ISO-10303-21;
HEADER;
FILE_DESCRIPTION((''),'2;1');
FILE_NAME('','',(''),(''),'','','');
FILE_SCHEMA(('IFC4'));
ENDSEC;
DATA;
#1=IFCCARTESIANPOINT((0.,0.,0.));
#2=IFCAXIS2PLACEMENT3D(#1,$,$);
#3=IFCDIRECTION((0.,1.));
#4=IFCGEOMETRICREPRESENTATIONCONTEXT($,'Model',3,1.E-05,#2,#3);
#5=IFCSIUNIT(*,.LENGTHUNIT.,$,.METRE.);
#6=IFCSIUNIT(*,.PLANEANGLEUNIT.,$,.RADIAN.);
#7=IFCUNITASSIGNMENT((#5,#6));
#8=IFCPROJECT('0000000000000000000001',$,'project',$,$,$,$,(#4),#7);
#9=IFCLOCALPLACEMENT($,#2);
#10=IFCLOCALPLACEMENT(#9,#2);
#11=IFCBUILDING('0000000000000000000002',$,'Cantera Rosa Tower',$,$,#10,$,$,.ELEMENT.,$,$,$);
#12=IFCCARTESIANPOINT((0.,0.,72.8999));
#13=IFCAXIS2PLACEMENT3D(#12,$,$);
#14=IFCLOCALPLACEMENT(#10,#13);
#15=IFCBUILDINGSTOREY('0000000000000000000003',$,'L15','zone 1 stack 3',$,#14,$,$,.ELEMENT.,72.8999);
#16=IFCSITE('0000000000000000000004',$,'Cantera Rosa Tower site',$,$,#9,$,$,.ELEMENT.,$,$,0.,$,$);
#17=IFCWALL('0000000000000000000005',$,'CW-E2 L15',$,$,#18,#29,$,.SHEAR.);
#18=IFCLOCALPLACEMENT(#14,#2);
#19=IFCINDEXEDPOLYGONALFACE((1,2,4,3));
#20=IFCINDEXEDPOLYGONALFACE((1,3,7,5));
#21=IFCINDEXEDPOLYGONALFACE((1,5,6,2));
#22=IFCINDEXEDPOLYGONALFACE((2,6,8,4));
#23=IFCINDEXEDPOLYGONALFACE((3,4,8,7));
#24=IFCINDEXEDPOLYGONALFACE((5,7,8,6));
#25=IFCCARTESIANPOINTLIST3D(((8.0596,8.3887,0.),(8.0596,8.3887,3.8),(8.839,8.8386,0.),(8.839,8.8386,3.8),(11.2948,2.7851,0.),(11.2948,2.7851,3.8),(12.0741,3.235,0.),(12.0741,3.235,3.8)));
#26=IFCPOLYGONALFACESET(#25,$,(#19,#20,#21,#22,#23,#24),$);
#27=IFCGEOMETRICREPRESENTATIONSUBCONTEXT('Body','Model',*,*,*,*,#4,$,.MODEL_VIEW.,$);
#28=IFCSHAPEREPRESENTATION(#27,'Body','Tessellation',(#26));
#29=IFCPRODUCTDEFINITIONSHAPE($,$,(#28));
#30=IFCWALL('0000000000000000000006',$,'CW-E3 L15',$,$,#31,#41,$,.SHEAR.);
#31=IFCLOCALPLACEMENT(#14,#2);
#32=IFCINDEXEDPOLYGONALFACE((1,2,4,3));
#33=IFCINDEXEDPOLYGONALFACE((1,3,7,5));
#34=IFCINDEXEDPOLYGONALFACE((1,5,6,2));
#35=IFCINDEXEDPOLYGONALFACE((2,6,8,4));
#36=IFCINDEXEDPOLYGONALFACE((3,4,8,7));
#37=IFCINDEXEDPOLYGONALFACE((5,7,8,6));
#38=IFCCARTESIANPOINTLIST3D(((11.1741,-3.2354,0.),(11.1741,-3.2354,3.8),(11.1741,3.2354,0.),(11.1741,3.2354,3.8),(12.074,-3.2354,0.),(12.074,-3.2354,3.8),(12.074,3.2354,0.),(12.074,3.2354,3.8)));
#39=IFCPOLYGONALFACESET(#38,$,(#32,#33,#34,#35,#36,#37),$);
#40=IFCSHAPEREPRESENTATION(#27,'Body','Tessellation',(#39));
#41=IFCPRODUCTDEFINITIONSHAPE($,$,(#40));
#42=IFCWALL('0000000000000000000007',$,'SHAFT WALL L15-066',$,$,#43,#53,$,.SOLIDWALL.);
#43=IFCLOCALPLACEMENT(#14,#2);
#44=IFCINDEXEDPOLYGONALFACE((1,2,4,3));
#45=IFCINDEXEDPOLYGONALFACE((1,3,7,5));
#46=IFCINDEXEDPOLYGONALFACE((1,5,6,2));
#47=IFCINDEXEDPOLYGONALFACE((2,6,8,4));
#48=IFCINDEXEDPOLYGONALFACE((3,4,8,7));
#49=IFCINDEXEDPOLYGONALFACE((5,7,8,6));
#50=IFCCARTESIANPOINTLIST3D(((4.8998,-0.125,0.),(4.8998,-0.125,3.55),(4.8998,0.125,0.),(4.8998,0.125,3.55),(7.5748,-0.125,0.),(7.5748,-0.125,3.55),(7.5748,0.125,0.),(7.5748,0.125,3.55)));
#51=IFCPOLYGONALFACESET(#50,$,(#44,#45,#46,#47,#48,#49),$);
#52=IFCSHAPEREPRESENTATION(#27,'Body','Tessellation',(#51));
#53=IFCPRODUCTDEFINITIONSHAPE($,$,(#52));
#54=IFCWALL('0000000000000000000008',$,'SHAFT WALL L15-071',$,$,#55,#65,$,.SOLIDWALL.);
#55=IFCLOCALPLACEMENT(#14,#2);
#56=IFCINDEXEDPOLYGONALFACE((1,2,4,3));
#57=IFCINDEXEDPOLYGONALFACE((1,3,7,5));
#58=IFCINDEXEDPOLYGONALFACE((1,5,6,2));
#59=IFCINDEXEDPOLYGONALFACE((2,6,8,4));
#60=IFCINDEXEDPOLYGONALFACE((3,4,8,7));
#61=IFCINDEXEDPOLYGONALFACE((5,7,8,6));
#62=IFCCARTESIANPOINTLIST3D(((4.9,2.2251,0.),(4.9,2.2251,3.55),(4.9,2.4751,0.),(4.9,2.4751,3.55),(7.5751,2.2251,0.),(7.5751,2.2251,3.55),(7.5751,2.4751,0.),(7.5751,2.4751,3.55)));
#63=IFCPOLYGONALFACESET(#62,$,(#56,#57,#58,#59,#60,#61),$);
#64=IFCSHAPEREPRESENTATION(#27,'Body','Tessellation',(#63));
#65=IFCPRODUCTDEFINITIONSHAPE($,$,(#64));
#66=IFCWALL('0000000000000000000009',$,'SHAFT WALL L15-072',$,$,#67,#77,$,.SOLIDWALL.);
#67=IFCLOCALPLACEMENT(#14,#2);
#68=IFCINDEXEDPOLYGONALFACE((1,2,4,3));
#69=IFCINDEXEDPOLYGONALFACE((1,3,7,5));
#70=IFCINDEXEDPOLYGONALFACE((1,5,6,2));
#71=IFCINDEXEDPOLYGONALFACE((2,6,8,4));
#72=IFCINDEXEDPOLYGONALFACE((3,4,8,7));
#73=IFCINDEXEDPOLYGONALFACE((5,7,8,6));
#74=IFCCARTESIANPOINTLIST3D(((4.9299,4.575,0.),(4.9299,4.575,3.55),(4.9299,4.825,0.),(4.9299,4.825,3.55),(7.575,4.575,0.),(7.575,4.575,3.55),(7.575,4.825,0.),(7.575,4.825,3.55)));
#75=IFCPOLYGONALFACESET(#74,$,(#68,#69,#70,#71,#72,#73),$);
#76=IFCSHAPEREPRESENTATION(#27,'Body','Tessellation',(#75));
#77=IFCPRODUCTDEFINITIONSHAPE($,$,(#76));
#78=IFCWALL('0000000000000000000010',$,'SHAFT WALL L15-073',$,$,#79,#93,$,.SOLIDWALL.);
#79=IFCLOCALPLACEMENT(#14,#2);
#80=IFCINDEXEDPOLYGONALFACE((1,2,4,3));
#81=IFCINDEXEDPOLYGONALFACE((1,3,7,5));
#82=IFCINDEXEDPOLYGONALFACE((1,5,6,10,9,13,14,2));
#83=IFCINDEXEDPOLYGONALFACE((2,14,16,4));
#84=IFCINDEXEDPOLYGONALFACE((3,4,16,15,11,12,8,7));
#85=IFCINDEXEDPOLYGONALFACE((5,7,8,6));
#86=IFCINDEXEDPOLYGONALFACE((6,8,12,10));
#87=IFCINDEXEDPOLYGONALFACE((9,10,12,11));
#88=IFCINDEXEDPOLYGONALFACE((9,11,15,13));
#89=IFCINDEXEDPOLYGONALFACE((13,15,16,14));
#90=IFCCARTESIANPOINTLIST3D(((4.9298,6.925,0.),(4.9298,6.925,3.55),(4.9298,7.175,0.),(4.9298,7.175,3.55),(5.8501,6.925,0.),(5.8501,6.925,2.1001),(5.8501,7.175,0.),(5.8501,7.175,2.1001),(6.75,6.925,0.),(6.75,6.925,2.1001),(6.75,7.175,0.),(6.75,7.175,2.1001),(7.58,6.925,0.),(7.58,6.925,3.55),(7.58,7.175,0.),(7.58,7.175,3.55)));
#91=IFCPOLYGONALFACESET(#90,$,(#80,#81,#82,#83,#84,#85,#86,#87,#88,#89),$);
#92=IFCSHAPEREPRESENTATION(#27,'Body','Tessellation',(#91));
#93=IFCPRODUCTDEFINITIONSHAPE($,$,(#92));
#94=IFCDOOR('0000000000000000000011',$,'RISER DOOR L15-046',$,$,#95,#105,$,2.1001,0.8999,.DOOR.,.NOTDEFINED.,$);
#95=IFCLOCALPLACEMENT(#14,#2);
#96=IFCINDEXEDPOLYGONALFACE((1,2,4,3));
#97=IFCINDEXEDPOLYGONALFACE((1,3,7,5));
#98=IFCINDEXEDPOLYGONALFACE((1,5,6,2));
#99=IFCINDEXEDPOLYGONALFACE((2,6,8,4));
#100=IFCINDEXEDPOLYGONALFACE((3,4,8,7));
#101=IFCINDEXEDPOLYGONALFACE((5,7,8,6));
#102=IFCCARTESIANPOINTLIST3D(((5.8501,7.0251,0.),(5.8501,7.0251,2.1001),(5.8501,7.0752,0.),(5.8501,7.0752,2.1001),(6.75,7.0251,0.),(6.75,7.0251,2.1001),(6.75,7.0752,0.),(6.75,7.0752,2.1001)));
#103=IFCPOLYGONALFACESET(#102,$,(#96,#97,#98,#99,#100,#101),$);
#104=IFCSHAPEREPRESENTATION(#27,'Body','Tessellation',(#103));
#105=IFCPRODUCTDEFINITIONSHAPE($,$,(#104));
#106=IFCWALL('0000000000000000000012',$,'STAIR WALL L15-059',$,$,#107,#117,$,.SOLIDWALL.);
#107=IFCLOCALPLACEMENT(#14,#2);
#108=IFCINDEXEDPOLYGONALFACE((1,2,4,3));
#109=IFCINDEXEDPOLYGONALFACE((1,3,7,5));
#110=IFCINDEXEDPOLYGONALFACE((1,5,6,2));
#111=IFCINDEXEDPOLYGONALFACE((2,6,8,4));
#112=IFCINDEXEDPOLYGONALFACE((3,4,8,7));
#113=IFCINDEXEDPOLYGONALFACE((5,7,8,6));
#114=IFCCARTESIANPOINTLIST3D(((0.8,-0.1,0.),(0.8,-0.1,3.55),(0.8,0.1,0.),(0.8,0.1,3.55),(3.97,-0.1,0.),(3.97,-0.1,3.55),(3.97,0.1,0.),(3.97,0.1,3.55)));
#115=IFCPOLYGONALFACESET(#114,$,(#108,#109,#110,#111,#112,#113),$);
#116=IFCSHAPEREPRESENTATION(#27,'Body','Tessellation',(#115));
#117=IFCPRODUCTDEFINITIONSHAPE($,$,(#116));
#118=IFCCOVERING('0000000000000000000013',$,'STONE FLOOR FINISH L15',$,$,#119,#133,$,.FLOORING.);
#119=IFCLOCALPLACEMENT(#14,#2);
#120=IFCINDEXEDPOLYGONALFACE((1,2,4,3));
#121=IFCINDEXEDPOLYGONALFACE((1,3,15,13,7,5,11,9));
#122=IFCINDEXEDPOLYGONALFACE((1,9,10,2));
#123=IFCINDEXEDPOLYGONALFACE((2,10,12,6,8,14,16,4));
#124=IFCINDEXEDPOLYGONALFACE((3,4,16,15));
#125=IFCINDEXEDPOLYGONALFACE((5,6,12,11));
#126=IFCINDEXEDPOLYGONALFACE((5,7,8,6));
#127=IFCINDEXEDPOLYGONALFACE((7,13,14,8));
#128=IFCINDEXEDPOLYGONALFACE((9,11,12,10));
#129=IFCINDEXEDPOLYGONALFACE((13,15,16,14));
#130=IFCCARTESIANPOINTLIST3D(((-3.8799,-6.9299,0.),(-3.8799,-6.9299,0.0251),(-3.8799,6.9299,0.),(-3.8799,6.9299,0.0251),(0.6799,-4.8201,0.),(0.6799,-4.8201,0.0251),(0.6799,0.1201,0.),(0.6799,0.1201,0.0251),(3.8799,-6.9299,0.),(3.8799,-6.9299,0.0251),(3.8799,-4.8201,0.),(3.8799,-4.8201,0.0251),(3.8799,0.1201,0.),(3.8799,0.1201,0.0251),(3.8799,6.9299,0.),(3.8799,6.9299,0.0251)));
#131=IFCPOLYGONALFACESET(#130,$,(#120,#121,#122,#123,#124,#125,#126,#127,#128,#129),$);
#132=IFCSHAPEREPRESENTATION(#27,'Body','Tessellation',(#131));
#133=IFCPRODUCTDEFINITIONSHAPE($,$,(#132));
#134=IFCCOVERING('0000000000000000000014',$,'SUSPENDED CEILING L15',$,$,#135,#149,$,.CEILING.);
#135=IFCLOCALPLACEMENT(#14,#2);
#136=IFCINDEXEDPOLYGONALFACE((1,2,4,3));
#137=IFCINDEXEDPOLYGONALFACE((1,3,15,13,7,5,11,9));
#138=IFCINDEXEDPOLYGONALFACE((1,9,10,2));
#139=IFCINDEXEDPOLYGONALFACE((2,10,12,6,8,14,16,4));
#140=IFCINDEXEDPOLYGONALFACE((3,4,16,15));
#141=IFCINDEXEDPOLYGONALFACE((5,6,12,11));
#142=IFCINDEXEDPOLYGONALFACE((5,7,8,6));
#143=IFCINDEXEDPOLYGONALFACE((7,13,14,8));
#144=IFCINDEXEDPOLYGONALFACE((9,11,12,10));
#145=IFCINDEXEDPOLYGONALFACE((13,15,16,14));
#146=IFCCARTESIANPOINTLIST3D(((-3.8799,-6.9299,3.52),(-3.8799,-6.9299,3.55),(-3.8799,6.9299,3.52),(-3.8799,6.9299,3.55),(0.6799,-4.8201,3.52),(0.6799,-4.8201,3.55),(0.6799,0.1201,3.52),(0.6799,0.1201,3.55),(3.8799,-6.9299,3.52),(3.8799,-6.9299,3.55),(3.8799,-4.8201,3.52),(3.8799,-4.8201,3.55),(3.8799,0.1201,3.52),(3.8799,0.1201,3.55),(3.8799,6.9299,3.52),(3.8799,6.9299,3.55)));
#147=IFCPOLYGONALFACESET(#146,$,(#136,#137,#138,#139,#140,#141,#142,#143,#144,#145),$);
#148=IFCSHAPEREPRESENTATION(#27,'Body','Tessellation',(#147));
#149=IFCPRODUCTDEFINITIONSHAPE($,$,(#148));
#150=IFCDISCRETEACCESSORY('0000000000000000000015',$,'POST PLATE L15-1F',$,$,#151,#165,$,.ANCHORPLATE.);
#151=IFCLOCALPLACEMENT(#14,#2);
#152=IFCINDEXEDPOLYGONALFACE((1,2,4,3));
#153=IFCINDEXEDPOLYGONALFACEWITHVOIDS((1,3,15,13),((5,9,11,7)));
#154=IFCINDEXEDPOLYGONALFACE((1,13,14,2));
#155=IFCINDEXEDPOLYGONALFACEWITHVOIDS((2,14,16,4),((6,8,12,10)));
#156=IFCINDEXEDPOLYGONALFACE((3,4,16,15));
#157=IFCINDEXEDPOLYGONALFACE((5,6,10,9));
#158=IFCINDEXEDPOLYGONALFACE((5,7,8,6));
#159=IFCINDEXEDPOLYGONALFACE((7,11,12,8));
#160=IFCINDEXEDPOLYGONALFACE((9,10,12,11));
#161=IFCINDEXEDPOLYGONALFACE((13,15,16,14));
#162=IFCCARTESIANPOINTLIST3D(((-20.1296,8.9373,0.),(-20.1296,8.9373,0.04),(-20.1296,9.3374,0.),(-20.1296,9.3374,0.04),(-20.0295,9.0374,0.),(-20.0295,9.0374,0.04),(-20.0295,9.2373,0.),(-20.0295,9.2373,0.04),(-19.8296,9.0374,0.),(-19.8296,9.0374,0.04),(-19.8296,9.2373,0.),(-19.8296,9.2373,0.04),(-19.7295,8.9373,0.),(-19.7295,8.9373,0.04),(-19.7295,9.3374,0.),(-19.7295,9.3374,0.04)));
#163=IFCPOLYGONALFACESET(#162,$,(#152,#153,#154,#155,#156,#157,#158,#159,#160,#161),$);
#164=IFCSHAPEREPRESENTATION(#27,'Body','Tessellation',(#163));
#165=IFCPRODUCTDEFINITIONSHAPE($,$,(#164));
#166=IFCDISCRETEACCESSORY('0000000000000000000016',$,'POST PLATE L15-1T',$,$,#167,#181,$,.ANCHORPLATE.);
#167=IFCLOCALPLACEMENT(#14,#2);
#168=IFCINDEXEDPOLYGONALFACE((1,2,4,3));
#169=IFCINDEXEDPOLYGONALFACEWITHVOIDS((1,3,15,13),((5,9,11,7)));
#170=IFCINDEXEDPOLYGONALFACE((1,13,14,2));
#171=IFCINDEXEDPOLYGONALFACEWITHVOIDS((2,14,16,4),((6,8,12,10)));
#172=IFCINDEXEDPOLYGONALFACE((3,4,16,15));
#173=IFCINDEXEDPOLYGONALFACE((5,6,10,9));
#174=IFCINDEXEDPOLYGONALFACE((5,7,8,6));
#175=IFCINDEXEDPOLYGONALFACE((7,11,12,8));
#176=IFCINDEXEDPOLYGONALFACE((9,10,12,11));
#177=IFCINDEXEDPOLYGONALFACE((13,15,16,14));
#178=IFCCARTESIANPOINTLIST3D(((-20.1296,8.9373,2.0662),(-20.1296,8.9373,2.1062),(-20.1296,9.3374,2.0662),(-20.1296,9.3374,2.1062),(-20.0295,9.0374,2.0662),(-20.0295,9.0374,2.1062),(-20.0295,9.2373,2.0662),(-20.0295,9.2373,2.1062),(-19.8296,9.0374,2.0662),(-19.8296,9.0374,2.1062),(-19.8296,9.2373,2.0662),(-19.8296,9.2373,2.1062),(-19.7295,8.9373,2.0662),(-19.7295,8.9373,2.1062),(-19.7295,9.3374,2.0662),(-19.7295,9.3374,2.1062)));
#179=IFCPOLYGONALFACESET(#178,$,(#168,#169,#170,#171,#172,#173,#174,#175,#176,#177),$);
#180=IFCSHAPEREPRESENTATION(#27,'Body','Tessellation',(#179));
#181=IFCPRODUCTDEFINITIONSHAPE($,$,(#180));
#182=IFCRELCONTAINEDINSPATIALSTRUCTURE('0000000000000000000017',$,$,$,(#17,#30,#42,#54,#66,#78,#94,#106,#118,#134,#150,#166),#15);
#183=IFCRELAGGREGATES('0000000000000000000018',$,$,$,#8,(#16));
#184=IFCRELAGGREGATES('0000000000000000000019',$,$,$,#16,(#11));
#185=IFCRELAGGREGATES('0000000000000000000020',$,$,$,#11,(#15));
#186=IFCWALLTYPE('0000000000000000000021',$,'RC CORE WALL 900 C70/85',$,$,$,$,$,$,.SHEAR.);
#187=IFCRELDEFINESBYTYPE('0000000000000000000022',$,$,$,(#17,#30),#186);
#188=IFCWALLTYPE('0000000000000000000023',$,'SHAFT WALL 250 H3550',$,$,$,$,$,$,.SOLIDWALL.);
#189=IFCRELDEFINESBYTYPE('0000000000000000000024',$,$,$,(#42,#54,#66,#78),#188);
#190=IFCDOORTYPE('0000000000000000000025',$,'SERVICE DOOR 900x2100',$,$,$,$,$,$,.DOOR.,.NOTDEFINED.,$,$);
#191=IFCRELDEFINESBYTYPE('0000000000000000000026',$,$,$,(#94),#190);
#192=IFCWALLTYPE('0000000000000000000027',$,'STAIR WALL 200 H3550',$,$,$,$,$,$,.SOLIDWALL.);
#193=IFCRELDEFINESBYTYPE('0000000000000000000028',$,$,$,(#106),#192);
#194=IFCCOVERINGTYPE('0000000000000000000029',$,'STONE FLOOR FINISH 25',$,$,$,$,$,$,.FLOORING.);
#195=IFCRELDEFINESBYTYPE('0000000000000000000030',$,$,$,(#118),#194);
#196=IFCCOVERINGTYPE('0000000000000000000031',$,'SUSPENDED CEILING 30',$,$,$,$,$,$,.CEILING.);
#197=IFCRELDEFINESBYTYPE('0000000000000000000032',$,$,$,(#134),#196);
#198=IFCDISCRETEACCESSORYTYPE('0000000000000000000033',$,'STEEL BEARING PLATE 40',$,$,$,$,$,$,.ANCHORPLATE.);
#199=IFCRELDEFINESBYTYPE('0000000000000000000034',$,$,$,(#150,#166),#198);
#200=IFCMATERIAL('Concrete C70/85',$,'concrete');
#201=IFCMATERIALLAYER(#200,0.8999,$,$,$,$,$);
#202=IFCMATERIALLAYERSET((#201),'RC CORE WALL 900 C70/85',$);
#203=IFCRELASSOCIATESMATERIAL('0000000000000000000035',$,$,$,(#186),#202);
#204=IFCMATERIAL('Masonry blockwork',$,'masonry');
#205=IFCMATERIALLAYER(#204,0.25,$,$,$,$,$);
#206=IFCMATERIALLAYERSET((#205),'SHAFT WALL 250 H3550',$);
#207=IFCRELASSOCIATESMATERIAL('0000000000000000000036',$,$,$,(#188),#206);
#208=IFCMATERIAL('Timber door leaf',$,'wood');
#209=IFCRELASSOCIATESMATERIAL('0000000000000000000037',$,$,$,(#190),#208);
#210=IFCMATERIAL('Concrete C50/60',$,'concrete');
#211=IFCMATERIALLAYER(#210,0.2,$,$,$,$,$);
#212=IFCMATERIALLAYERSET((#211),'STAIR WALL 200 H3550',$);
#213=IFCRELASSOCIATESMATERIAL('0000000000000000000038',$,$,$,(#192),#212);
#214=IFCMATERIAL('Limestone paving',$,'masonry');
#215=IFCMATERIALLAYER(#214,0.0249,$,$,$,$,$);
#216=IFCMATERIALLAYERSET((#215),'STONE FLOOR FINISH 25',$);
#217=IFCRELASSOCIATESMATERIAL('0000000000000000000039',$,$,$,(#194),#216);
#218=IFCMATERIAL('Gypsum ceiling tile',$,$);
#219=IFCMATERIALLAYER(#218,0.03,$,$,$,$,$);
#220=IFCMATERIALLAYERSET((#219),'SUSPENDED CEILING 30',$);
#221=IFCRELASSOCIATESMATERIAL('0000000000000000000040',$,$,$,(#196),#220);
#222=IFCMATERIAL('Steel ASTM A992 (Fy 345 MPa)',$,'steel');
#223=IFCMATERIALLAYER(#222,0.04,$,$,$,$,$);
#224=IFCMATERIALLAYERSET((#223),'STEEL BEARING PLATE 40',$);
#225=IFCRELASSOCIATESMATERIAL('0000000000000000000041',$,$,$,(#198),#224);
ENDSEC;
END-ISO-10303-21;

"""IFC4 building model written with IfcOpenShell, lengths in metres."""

from ifc_helpers import new_model, si_unit, direction, frame, frame_2d, origin, place, context, subcontext, project, spatial, polyline, rectangle, outline, extrude, material, layer, layer_set, type_object, element, fill, save


model = new_model("IFC4")

# Units and contexts
model_context = context("Model", 3, precision=1e-05, world=origin(), true_north=direction((0.0, 1.0)))
body_context = subcontext(model_context, "Body", "Model", "MODEL_VIEW")
ifc_project = project(units=[si_unit("LENGTHUNIT", "METRE"), si_unit("PLANEANGLEUNIT", "RADIAN")], contexts=[model_context])

# Site, building, storey
site_placement = place(None, origin())
site = spatial("IfcSite", under=ifc_project, at=site_placement, Name="Cantera Rosa Tower site", CompositionType="ELEMENT", RefElevation=0.0)
building_placement = place(site_placement, origin())
building = spatial("IfcBuilding", under=site, at=building_placement, Name="Cantera Rosa Tower", CompositionType="ELEMENT")
storey_placement = place(building_placement, frame((0.0, 0.0, 72.8999)))
storey = spatial("IfcBuildingStorey", under=building, at=storey_placement, Name="L15", Description="zone 1 stack 3", CompositionType="ELEMENT", Elevation=72.8999)

# Walls
ifc_material_1 = material(Name="Concrete C70/85", Category="concrete")
ifc_layer_1 = layer(ifc_material_1, 0.8999)
ifc_layer_set_1 = layer_set([ifc_layer_1], Name="RC CORE WALL 900 C70/85")
wall_type_1 = type_object("IfcWallType", Name="RC CORE WALL 900 C70/85", PredefinedType="SHEAR", material=ifc_layer_set_1)
wall_1_placement = place(storey_placement, frame((8.4492, 8.6138, 0.0), z_axis=(0.0, 0.0, 1.0), x_axis=(0.49999, -0.866031, 0.0)))
element("IfcWall", 1, at=wall_1_placement, inside=storey, type_object=wall_type_1, Name="CW-E2 L15", PredefinedType="SHEAR", context=body_context, shape_type="SweptSolid", body=[
    extrude(rectangle(XDim=6.4705, YDim=0.8999, at=frame_2d((3.2354, 0.0))), origin(), (0.0, 0.0, 1.0), 3.8),
])
wall_2_placement = place(storey_placement, frame((11.624, 3.2354, 0.0), z_axis=(0.0, 0.0, 1.0), x_axis=(0.0, -1.0, 0.0)))
element("IfcWall", 2, at=wall_2_placement, inside=storey, type_object=wall_type_1, Name="CW-E3 L15", PredefinedType="SHEAR", context=body_context, shape_type="SweptSolid", body=[
    extrude(rectangle(XDim=6.4707, YDim=0.8999, at=frame_2d((3.2354, 0.0))), origin(), (0.0, 0.0, 1.0), 3.8),
])
ifc_material_2 = material(Name="Masonry blockwork", Category="masonry")
ifc_layer_2 = layer(ifc_material_2, 0.25)
ifc_layer_set_2 = layer_set([ifc_layer_2], Name="SHAFT WALL 250 H3550")
wall_type_2 = type_object("IfcWallType", Name="SHAFT WALL 250 H3550", PredefinedType="SOLIDWALL", material=ifc_layer_set_2)
for number, where, z_axis, x_axis, name in (
    (3, (4.8999, 0.0, 0.0), (0.0, 0.0, 1.0), (1.0, 0.0, 0.0), "SHAFT WALL L15-066"),
    (4, (7.575, 2.3501, 0.0), (0.0, 0.0, 1.0), (-1.0, 0.0, 0.0), "SHAFT WALL L15-071"),
):
    element("IfcWall", number, at=place(storey_placement, frame(where, z_axis=z_axis, x_axis=x_axis)), inside=storey, type_object=wall_type_2, Name=name, PredefinedType="SOLIDWALL", context=body_context, shape_type="SweptSolid", body=[
        extrude(rectangle(XDim=2.675, YDim=0.25, at=frame_2d((1.3374, 0.0))), origin(), (0.0, 0.0, 1.0), 3.55),
    ])
wall_3_placement = place(storey_placement, frame((7.575, 4.7, 0.0), z_axis=(0.0, 0.0, 1.0), x_axis=(-1.0, 0.0, 0.0)))
element("IfcWall", 5, at=wall_3_placement, inside=storey, type_object=wall_type_2, Name="SHAFT WALL L15-072", PredefinedType="SOLIDWALL", context=body_context, shape_type="SweptSolid", body=[
    extrude(rectangle(XDim=2.645, YDim=0.25, at=frame_2d((1.3225, 0.0))), origin(), (0.0, 0.0, 1.0), 3.55),
])

# Wall, opening, door
wall_4_placement = place(storey_placement, frame((7.5801, 7.05, 0.0), z_axis=(0.0, 0.0, 1.0), x_axis=(-1.0, 0.0, 0.0)))
wall_4 = element("IfcWall", 6, at=wall_4_placement, inside=storey, type_object=wall_type_2, Name="SHAFT WALL L15-073", PredefinedType="SOLIDWALL", context=body_context, shape_type="SweptSolid", body=[
    extrude(rectangle(XDim=2.6501, YDim=0.25, at=frame_2d((1.3252, 0.0))), origin(), (0.0, 0.0, 1.0), 3.55),
])
opening_1_placement = place(wall_4_placement, frame((0.8301, 0.0, 0.0)))
opening_1 = element("IfcOpeningElement", 7, at=opening_1_placement, cuts=wall_4, PredefinedType="OPENING", context=body_context, shape_type="SweptSolid", body=[
    extrude(rectangle(XDim=0.8999, YDim=2.1001, at=frame_2d((0.45, 1.05))), frame((0.0, 0.135, 0.0), z_axis=(0.0, -1.0, 0.0), x_axis=(1.0, 0.0, 0.0)), (0.0, 0.0, 1.0), 0.27),
])
ifc_material_3 = material(Name="Timber door leaf", Category="wood")
door_type_1 = type_object("IfcDoorType", Name="SERVICE DOOR 900x2100", OperationType="NOTDEFINED", PredefinedType="DOOR", material=ifc_material_3)
door_1_placement = place(opening_1_placement, origin())
door_1 = element("IfcDoor", 8, at=door_1_placement, inside=storey, type_object=door_type_1, Name="RISER DOOR L15-046", OperationType="NOTDEFINED", OverallHeight=2.1001, OverallWidth=0.8999, PredefinedType="DOOR", context=body_context, shape_type="SweptSolid", body=[
    extrude(rectangle(XDim=0.8999, YDim=2.1001, at=frame_2d((0.45, 1.05))), frame((0.0, 0.0249, 0.0), z_axis=(0.0, -1.0, 0.0), x_axis=(1.0, 0.0, 0.0)), (0.0, 0.0, 1.0), 0.05),
])
fill(opening_1, door_1)

# Wall
ifc_material_4 = material(Name="Concrete C50/60", Category="concrete")
ifc_layer_3 = layer(ifc_material_4, 0.2)
ifc_layer_set_3 = layer_set([ifc_layer_3], Name="STAIR WALL 200 H3550")
wall_type_3 = type_object("IfcWallType", Name="STAIR WALL 200 H3550", PredefinedType="SOLIDWALL", material=ifc_layer_set_3)
wall_5_placement = place(storey_placement, frame((0.8, 0.0, 0.0), z_axis=(0.0, 0.0, 1.0), x_axis=(1.0, 0.0, 0.0)))
element("IfcWall", 9, at=wall_5_placement, inside=storey, type_object=wall_type_3, Name="STAIR WALL L15-059", PredefinedType="SOLIDWALL", context=body_context, shape_type="SweptSolid", body=[
    extrude(rectangle(XDim=3.1699, YDim=0.2, at=frame_2d((1.585, 0.0))), origin(), (0.0, 0.0, 1.0), 3.55),
])

# Coverings
ifc_material_5 = material(Name="Limestone paving", Category="masonry")
ifc_layer_4 = layer(ifc_material_5, 0.0249)
ifc_layer_set_4 = layer_set([ifc_layer_4], Name="STONE FLOOR FINISH 25")
covering_type_1 = type_object("IfcCoveringType", Name="STONE FLOOR FINISH 25", PredefinedType="FLOORING", material=ifc_layer_set_4)
covering_1_placement = place(storey_placement, origin())
element("IfcCovering", 10, at=covering_1_placement, inside=storey, type_object=covering_type_1, Name="STONE FLOOR FINISH L15", PredefinedType="FLOORING", context=body_context, shape_type="SweptSolid", body=[
    extrude(outline(polyline([(3.8799, 6.9299), (3.8799, 0.1201), (0.6799, 0.1201), (0.6799, -4.8201), (3.8799, -4.8201), (3.8799, -6.9299), (-3.8799, -6.9299), (-3.8799, 6.9299), (3.8799, 6.9299)])), origin(), (0.0, 0.0, 1.0), 0.0251),
])
ifc_material_6 = material(Name="Gypsum ceiling tile")
ifc_layer_5 = layer(ifc_material_6, 0.03)
ifc_layer_set_5 = layer_set([ifc_layer_5], Name="SUSPENDED CEILING 30")
covering_type_2 = type_object("IfcCoveringType", Name="SUSPENDED CEILING 30", PredefinedType="CEILING", material=ifc_layer_set_5)
covering_2_placement = place(storey_placement, frame((0.0, 0.0, 3.52)))
element("IfcCovering", 11, at=covering_2_placement, inside=storey, type_object=covering_type_2, Name="SUSPENDED CEILING L15", PredefinedType="CEILING", context=body_context, shape_type="SweptSolid", body=[
    extrude(outline(polyline([(3.8799, 6.9299), (3.8799, 0.1201), (0.6799, 0.1201), (0.6799, -4.8201), (3.8799, -4.8201), (3.8799, -6.9299), (-3.8799, -6.9299), (-3.8799, 6.9299), (3.8799, 6.9299)])), origin(), (0.0, 0.0, 1.0), 0.03),
])

# Discrete accessories
ifc_material_7 = material(Name="Steel ASTM A992 (Fy 345 MPa)", Category="steel")
ifc_layer_6 = layer(ifc_material_7, 0.04)
ifc_layer_set_6 = layer_set([ifc_layer_6], Name="STEEL BEARING PLATE 40")
discrete_accessory_type = type_object("IfcDiscreteAccessoryType", Name="STEEL BEARING PLATE 40", PredefinedType="ANCHORPLATE", material=ifc_layer_set_6)
for number, where, name in (
    (12, (0.0, 0.0, 0.0), "POST PLATE L15-1F"),
    (13, (0.0, 0.0, 2.0662), "POST PLATE L15-1T"),
):
    element("IfcDiscreteAccessory", number, at=place(storey_placement, frame(where)), inside=storey, type_object=discrete_accessory_type, Name=name, PredefinedType="ANCHORPLATE", context=body_context, shape_type="SweptSolid", body=[
        extrude(outline(polyline([(-20.1296, 8.9373), (-19.7295, 8.9373), (-19.7295, 9.3374), (-20.1296, 9.3374), (-20.1296, 8.9373)]), holes=[polyline([(-20.0295, 9.0374), (-19.8296, 9.0374), (-19.8296, 9.2373), (-20.0295, 9.2373), (-20.0295, 9.0374)])]), origin(), (0.0, 0.0, 1.0), 0.04),
    ])

save(model, "model.ifc")
